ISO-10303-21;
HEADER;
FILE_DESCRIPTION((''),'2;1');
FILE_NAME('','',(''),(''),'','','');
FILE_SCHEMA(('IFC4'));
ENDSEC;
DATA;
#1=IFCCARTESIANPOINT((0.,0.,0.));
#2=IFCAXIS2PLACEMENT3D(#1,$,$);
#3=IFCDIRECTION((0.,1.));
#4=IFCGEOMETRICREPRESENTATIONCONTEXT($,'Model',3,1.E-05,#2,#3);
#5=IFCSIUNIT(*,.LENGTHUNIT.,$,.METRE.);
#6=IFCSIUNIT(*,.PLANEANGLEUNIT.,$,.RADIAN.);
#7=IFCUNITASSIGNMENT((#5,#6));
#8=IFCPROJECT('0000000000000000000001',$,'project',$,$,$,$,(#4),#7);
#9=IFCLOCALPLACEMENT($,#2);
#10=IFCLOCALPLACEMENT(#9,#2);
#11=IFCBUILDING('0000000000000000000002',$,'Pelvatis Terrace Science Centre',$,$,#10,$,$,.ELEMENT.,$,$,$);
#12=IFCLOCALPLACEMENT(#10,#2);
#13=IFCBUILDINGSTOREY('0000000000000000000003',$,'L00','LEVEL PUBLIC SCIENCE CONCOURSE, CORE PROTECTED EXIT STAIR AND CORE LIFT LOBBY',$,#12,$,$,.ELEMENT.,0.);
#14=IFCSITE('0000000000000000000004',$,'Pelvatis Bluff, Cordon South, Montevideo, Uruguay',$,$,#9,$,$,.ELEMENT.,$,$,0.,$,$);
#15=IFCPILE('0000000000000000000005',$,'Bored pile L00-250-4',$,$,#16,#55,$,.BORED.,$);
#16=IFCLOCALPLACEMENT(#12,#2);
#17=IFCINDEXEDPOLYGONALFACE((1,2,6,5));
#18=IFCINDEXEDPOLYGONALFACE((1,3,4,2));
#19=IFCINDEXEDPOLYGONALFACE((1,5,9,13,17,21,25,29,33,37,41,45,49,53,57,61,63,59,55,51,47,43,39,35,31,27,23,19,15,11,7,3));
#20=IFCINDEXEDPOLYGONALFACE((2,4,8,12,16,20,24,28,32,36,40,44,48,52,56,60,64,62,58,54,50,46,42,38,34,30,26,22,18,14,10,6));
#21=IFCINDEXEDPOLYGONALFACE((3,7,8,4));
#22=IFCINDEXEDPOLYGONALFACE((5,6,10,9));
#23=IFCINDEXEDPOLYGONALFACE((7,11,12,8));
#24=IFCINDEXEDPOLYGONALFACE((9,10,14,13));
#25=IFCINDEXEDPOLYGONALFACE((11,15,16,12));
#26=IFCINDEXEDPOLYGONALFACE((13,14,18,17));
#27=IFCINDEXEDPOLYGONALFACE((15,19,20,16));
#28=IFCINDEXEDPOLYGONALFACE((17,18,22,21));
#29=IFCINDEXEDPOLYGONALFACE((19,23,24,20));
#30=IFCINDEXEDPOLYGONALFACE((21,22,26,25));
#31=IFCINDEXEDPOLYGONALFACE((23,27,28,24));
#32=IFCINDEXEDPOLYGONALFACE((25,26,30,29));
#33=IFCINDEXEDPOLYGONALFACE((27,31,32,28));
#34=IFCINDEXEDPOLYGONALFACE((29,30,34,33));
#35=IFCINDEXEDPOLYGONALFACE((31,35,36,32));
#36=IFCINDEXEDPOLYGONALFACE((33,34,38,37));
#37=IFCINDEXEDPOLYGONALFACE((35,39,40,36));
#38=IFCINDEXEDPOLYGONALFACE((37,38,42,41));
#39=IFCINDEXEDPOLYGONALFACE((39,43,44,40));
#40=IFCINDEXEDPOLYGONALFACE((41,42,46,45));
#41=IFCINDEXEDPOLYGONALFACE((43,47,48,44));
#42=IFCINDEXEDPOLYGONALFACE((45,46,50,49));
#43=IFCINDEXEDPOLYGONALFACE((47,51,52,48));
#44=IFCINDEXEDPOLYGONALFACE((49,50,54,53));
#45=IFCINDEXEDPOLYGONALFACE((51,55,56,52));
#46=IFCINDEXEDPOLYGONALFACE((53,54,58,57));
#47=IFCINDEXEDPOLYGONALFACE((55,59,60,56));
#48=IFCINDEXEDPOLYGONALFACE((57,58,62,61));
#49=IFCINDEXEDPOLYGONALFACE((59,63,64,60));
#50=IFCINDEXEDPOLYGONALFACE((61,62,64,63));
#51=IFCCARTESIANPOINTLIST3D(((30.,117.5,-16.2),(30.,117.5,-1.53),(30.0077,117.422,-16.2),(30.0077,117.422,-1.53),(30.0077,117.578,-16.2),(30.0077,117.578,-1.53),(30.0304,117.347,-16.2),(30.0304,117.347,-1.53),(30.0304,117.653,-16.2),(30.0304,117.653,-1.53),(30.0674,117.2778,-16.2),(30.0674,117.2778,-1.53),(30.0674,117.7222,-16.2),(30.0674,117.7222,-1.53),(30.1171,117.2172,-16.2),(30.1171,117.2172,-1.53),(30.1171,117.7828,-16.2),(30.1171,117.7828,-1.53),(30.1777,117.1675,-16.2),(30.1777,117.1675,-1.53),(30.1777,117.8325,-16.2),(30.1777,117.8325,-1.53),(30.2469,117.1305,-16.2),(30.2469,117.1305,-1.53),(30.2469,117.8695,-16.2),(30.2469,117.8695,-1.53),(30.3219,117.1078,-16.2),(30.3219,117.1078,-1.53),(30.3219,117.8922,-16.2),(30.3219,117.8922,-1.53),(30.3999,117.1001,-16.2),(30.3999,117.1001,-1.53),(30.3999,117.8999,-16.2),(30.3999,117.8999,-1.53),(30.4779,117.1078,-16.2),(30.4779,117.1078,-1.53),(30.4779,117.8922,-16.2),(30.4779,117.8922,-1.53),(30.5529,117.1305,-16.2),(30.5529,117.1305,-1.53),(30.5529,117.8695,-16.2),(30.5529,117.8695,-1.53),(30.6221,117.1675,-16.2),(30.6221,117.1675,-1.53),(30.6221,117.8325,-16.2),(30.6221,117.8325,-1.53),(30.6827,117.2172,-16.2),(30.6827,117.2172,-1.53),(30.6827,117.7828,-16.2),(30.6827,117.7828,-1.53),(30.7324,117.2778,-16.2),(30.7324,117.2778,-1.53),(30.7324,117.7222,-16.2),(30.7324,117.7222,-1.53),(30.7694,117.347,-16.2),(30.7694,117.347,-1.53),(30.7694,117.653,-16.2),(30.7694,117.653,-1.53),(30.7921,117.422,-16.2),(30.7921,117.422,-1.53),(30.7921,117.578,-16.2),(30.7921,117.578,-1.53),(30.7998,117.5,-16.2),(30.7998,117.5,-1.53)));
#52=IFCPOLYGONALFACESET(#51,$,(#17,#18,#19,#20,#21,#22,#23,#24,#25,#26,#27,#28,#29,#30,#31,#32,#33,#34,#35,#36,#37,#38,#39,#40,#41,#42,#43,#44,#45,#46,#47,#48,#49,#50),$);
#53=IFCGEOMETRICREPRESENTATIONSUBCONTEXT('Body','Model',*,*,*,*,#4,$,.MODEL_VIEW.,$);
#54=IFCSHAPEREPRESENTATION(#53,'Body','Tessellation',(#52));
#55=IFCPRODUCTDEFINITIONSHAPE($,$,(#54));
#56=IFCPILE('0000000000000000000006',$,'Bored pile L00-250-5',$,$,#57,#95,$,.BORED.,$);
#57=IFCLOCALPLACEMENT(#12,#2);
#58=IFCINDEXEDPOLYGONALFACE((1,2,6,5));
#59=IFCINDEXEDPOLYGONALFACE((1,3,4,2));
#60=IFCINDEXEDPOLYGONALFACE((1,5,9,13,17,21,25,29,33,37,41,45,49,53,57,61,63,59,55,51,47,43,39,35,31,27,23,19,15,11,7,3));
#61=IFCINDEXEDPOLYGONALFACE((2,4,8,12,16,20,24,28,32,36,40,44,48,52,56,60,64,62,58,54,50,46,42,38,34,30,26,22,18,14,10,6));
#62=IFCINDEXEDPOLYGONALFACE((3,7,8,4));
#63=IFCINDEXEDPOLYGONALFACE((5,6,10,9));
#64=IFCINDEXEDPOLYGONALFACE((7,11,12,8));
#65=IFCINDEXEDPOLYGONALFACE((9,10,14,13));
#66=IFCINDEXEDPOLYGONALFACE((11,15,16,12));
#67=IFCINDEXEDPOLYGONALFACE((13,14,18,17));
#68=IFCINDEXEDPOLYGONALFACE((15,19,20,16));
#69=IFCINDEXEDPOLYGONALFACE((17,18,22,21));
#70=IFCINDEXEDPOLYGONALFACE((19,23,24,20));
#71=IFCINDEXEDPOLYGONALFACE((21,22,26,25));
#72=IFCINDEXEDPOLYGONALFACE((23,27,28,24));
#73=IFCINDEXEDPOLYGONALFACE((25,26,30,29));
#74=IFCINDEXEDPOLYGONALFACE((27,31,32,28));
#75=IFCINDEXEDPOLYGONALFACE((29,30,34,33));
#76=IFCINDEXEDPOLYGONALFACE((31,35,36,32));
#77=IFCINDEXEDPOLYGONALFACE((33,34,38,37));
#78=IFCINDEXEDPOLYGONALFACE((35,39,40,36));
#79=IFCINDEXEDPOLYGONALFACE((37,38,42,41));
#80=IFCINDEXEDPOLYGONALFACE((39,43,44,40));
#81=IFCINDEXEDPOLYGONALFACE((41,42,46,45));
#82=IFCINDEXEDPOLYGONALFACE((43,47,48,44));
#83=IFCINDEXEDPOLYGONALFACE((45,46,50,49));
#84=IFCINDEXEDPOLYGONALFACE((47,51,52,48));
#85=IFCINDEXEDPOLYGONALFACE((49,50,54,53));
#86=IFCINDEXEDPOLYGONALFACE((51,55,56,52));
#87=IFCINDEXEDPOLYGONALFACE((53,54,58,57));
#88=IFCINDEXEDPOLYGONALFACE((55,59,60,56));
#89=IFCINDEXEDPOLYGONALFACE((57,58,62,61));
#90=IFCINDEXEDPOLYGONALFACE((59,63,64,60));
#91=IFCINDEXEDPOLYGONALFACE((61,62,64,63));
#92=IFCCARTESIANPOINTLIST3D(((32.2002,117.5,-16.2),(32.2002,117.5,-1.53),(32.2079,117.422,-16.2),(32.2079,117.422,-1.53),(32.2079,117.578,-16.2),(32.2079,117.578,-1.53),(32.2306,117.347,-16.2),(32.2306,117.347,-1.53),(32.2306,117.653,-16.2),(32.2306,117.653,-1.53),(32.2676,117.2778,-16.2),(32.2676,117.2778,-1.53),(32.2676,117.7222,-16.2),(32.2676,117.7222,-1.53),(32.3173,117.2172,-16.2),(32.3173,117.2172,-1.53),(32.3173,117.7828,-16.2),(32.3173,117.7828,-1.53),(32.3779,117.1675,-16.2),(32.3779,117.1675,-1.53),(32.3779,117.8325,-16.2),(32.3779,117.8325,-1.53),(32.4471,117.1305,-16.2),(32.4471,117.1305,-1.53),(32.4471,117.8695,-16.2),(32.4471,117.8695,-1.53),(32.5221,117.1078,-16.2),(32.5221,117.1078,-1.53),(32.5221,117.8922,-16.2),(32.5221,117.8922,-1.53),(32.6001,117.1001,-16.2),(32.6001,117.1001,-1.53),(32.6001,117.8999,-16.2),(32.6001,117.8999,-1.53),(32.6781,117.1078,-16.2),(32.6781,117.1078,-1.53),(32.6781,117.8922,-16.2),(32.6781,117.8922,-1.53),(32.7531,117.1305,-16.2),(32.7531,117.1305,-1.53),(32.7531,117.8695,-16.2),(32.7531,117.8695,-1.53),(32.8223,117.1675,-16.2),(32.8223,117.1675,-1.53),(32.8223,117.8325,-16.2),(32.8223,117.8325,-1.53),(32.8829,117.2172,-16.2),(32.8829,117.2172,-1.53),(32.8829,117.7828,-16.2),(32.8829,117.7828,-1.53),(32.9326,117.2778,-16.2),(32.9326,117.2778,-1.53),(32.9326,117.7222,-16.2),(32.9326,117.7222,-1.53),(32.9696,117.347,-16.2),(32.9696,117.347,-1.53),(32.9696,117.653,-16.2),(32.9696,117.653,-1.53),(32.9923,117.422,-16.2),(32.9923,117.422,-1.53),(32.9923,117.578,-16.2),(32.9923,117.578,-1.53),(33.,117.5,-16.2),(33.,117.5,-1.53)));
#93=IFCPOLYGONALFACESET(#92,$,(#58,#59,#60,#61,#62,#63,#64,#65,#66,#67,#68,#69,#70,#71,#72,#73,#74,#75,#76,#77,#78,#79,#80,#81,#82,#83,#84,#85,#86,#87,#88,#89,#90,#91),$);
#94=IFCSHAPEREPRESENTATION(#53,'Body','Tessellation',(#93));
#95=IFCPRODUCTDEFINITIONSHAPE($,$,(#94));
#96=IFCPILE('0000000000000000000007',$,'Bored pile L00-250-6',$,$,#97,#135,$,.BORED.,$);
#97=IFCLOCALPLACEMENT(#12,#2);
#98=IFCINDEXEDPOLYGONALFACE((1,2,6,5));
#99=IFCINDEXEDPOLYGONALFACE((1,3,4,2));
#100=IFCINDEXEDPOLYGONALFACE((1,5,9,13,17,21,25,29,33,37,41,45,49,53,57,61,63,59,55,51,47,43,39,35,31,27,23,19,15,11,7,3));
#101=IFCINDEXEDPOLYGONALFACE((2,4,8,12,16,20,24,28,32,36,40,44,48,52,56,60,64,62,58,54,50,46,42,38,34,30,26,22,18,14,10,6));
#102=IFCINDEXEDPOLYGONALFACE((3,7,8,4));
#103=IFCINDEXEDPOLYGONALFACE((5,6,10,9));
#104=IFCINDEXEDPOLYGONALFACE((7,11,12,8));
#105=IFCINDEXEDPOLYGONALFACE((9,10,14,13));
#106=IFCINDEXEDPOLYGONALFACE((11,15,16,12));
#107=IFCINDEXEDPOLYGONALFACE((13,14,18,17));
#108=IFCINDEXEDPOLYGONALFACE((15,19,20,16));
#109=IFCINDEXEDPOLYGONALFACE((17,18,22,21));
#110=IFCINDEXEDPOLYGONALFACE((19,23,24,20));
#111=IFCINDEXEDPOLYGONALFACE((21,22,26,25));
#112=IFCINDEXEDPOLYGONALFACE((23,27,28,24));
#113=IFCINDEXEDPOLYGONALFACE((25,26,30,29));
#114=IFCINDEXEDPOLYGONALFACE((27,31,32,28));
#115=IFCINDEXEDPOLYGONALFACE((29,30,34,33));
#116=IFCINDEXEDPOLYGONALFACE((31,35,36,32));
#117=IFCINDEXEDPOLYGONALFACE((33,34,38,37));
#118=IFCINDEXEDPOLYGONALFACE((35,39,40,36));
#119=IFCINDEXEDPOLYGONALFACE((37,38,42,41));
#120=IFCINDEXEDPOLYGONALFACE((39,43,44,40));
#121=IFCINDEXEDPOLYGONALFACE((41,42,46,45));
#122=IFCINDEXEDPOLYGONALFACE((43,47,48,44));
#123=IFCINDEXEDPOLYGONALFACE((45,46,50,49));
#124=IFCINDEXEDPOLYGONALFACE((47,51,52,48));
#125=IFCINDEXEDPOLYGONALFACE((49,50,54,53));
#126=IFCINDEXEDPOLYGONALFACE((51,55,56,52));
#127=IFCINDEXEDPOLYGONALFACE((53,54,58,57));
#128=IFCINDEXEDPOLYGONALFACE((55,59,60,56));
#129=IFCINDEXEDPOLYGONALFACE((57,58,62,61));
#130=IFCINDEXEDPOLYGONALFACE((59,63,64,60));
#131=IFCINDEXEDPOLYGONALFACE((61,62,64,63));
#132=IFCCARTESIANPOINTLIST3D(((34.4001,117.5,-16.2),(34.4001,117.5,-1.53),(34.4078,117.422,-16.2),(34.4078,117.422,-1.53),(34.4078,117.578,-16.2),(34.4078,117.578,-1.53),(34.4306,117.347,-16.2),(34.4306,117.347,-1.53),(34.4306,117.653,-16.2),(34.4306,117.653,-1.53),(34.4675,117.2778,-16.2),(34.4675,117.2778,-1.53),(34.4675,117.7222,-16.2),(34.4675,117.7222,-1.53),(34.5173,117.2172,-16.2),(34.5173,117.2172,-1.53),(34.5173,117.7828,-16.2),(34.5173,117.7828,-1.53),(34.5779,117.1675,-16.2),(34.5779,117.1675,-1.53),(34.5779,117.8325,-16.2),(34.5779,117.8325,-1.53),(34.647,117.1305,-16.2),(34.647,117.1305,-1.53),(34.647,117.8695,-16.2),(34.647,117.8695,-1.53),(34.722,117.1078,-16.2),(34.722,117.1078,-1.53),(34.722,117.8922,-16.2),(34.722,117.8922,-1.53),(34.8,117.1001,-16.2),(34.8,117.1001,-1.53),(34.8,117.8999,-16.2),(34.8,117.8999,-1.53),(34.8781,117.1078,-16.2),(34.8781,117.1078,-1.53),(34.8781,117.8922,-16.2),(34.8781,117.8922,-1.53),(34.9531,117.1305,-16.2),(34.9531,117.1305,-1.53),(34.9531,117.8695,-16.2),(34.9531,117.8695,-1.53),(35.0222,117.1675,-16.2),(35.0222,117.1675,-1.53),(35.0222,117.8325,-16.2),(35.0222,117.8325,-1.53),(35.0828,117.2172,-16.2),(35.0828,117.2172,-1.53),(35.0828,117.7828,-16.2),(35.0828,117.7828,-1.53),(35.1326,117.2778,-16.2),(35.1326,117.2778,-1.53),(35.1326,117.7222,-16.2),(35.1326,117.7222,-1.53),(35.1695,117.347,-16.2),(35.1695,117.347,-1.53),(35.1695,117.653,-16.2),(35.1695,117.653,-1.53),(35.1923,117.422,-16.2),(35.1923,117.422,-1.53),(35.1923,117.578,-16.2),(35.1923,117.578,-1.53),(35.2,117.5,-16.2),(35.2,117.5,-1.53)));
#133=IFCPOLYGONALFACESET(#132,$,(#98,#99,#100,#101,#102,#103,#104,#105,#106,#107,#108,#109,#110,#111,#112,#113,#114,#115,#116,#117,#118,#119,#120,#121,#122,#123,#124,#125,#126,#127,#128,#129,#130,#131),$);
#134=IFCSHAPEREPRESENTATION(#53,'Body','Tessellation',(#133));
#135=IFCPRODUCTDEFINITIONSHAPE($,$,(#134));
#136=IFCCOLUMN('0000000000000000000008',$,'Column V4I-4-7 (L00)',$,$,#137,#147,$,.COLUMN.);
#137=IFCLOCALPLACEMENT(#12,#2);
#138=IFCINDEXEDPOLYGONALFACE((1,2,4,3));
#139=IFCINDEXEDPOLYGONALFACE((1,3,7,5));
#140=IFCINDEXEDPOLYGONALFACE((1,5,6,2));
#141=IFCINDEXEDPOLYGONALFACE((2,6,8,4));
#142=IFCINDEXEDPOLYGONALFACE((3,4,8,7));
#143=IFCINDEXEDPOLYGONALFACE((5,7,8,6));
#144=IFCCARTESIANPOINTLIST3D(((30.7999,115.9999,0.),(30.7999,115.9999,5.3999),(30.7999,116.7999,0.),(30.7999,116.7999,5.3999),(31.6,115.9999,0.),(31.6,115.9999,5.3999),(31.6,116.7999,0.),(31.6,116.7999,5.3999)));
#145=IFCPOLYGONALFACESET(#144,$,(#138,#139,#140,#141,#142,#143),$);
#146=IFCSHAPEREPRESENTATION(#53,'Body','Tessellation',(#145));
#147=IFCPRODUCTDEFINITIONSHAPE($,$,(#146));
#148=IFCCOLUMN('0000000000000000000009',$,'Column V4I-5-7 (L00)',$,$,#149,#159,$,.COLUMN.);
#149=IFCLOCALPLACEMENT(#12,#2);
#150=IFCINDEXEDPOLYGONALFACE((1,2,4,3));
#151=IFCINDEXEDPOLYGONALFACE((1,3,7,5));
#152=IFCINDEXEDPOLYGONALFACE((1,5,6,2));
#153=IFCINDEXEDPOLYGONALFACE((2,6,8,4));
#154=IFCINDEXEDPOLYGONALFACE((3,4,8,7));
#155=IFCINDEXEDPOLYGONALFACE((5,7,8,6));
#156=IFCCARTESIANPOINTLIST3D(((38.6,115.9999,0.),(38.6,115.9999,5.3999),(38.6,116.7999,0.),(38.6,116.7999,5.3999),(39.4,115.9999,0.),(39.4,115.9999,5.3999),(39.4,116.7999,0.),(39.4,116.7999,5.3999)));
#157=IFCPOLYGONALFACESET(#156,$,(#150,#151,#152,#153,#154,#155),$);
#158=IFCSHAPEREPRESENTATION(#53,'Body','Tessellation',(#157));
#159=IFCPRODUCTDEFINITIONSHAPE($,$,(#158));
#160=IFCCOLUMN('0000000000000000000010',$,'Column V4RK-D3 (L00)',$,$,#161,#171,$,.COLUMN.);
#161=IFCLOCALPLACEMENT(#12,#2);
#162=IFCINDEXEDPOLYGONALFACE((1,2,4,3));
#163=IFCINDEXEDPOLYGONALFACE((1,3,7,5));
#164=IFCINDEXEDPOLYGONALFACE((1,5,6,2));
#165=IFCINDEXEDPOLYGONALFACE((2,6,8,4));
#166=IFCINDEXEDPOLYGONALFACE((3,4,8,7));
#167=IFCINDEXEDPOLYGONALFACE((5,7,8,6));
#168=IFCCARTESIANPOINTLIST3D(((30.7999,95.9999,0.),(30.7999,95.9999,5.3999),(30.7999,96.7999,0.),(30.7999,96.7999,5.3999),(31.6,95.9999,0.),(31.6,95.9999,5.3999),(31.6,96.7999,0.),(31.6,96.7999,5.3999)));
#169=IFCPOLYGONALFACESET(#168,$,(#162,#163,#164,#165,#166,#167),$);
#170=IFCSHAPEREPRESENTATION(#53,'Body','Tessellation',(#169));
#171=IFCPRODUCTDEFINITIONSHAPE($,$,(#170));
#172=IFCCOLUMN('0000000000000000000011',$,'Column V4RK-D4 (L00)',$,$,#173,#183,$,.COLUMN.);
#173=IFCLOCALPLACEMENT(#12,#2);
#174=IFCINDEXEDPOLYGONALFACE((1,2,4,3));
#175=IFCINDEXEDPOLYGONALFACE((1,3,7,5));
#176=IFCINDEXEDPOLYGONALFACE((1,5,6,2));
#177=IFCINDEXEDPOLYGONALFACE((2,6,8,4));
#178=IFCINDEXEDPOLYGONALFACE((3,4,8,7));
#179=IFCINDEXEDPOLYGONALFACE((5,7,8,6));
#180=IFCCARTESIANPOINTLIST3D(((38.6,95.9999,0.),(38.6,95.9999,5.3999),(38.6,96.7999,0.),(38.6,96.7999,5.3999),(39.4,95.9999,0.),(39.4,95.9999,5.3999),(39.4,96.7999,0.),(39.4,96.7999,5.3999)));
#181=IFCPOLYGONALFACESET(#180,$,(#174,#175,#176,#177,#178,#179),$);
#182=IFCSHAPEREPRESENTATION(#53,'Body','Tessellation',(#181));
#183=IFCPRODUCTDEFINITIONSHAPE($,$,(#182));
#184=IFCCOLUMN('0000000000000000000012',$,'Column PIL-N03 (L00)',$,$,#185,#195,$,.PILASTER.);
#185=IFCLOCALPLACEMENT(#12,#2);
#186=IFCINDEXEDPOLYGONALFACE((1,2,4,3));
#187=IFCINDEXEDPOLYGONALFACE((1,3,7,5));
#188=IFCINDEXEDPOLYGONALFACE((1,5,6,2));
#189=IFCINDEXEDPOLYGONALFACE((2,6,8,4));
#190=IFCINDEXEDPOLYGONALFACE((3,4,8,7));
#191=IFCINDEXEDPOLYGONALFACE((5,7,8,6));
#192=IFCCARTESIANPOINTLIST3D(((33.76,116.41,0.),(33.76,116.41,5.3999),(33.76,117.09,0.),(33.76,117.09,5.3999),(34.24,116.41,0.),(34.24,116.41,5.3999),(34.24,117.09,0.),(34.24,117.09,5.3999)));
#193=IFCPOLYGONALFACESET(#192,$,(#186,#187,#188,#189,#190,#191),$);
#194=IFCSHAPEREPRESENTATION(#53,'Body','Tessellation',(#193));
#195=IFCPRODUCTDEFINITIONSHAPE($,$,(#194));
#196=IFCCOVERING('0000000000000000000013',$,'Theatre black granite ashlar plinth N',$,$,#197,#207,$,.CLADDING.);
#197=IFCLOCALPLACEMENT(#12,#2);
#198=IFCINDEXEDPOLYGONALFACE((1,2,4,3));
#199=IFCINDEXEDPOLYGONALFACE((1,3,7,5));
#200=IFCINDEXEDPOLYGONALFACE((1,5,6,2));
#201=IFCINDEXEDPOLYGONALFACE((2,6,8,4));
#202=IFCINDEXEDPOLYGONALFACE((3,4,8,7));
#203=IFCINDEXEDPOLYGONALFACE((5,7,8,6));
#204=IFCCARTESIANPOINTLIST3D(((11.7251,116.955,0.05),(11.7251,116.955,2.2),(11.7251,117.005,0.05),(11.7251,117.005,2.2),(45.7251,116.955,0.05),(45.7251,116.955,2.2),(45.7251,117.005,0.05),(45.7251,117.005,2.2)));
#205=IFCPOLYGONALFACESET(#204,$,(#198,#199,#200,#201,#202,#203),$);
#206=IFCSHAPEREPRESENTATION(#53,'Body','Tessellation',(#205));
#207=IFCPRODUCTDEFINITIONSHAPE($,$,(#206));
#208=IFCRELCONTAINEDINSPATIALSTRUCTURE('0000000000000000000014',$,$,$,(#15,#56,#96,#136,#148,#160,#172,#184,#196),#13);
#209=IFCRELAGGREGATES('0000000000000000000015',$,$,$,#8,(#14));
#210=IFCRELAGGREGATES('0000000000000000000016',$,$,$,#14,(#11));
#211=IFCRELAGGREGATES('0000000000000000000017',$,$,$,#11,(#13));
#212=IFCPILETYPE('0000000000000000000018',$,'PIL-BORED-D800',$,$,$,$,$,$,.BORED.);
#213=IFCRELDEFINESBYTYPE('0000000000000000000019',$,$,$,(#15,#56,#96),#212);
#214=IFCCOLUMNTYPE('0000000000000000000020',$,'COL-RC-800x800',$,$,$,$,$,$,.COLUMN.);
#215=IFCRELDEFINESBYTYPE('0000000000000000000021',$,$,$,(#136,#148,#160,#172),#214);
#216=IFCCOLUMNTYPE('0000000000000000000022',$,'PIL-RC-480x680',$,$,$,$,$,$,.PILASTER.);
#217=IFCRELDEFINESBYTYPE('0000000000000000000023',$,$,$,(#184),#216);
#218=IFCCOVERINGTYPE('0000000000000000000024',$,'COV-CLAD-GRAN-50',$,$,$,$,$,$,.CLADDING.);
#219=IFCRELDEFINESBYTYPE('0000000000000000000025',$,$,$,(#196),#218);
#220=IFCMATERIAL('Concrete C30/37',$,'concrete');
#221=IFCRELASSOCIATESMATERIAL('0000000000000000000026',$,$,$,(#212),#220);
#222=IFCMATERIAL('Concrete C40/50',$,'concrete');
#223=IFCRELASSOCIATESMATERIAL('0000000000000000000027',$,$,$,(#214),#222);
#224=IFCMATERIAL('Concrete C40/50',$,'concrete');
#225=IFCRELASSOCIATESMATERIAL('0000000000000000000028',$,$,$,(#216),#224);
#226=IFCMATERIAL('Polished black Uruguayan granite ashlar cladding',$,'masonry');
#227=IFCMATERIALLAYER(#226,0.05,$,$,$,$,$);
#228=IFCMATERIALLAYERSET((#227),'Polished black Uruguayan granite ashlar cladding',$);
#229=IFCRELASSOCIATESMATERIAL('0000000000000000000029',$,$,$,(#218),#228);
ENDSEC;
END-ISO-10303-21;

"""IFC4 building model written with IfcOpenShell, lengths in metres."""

from ifc_helpers import new_model, si_unit, direction, frame, origin, origin_2d, place, context, subcontext, project, spatial, rectangle, circle, extrude, material, layer, layer_set, material_profile, profile_set, type_object, element, save


model = new_model("IFC4")

# Units and contexts
model_context = context("Model", 3, precision=1e-05, world=origin(), true_north=direction((0.0, 1.0)))
body_context = subcontext(model_context, "Body", "Model", "MODEL_VIEW")
ifc_project = project(units=[si_unit("LENGTHUNIT", "METRE"), si_unit("PLANEANGLEUNIT", "RADIAN")], contexts=[model_context])

# Site, building, storey
site_placement = place(None, origin())
site = spatial("IfcSite", under=ifc_project, at=site_placement, Name="Pelvatis Bluff, Cordon South, Montevideo, Uruguay", CompositionType="ELEMENT", RefElevation=0.0)
building_placement = place(site_placement, origin())
building = spatial("IfcBuilding", under=site, at=building_placement, Name="Pelvatis Terrace Science Centre", CompositionType="ELEMENT")
storey_placement = place(building_placement, origin())
storey = spatial("IfcBuildingStorey", under=building, at=storey_placement, Name="L00", Description="LEVEL PUBLIC SCIENCE CONCOURSE, CORE PROTECTED EXIT STAIR AND CORE LIFT LOBBY", CompositionType="ELEMENT", Elevation=0.0)

# Piles
ifc_material_1 = material(Name="Concrete C30/37", Category="concrete")
ifc_material_profile_1 = material_profile(ifc_material_1, circle(Radius=0.3999, at=origin_2d()), Name="PILE D800")
ifc_profile_set_1 = profile_set([ifc_material_profile_1], Name="Concrete C30/37")
pile_type = type_object("IfcPileType", Name="PIL-BORED-D800", PredefinedType="BORED", material=ifc_profile_set_1)
for number, where, z_axis, x_axis, name in (
    (1, (30.3999, 117.5, -1.53), (0.0, 0.0, -1.0), (1.0, 0.0, 0.0), "Bored pile L00-250-4"),
    (2, (32.6001, 117.5, -1.53), (0.0, 0.0, -1.0), (1.0, 0.0, 0.0), "Bored pile L00-250-5"),
    (3, (34.8, 117.5, -1.53), (0.0, 0.0, -1.0), (1.0, 0.0, 0.0), "Bored pile L00-250-6"),
):
    element("IfcPile", number, at=place(storey_placement, frame(where, z_axis=z_axis, x_axis=x_axis)), inside=storey, type_object=pile_type, Name=name, PredefinedType="BORED", context=body_context, shape_type="SweptSolid", body=[
        extrude(circle(Radius=0.3999, at=origin_2d()), origin(), (0.0, 0.0, 1.0), 14.6699),
    ])

# Columns
ifc_material_2 = material(Name="Concrete C40/50", Category="concrete")
ifc_material_profile_2 = material_profile(ifc_material_2, rectangle(XDim=0.8, YDim=0.8, at=origin_2d()), Name="RC-COL 800x800")
ifc_profile_set_2 = profile_set([ifc_material_profile_2], Name="Concrete C40/50")
column_type_1 = type_object("IfcColumnType", Name="COL-RC-800x800", PredefinedType="COLUMN", material=ifc_profile_set_2)
for number, where, z_axis, x_axis, name in (
    (4, (31.2, 116.3999, 0.0), (0.0, 0.0, 1.0), (1.0, 0.0, 0.0), "Column V4I-4-7 (L00)"),
    (5, (39.0, 116.3999, 0.0), (0.0, 0.0, 1.0), (1.0, 0.0, 0.0), "Column V4I-5-7 (L00)"),
    (6, (31.2, 96.3999, 0.0), (0.0, 0.0, 1.0), (1.0, 0.0, 0.0), "Column V4RK-D3 (L00)"),
    (7, (39.0, 96.3999, 0.0), (0.0, 0.0, 1.0), (1.0, 0.0, 0.0), "Column V4RK-D4 (L00)"),
):
    element("IfcColumn", number, at=place(storey_placement, frame(where, z_axis=z_axis, x_axis=x_axis)), inside=storey, type_object=column_type_1, Name=name, PredefinedType="COLUMN", context=body_context, shape_type="SweptSolid", body=[
        extrude(rectangle(XDim=0.8, YDim=0.8, at=origin_2d()), origin(), (0.0, 0.0, 1.0), 5.3999),
    ])
ifc_material_3 = material(Name="Concrete C40/50", Category="concrete")
ifc_material_profile_3 = material_profile(ifc_material_3, rectangle(XDim=0.48, YDim=0.6799, at=origin_2d()), Name="RC-PIL 480x680")
ifc_profile_set_3 = profile_set([ifc_material_profile_3], Name="Concrete C40/50")
column_type_2 = type_object("IfcColumnType", Name="PIL-RC-480x680", PredefinedType="PILASTER", material=ifc_profile_set_3)
column_placement = place(storey_placement, frame((34.0, 116.75, 0.0), z_axis=(0.0, 0.0, 1.0), x_axis=(1.0, 0.0, 0.0)))
element("IfcColumn", 8, at=column_placement, inside=storey, type_object=column_type_2, Name="Column PIL-N03 (L00)", PredefinedType="PILASTER", context=body_context, shape_type="SweptSolid", body=[
    extrude(rectangle(XDim=0.48, YDim=0.6799, at=origin_2d()), origin(), (0.0, 0.0, 1.0), 5.3999),
])

# Covering
ifc_material_4 = material(Name="Polished black Uruguayan granite ashlar cladding", Category="masonry")
ifc_layer_1 = layer(ifc_material_4, 0.05)
ifc_layer_set_1 = layer_set([ifc_layer_1], Name="Polished black Uruguayan granite ashlar cladding")
covering_type_1 = type_object("IfcCoveringType", Name="COV-CLAD-GRAN-50", PredefinedType="CLADDING", material=ifc_layer_set_1)
covering_1_placement = place(storey_placement, frame((28.7251, 116.98, 0.05), z_axis=(0.0, 0.0, 1.0), x_axis=(1.0, 0.0, 0.0)))
element("IfcCovering", 9, at=covering_1_placement, inside=storey, type_object=covering_type_1, Name="Theatre black granite ashlar plinth N", PredefinedType="CLADDING", context=body_context, shape_type="SweptSolid", body=[
    extrude(rectangle(XDim=34.0, YDim=0.05, at=origin_2d()), origin(), (0.0, 0.0, 1.0), 2.1499),
])

save(model, "model.ifc")
